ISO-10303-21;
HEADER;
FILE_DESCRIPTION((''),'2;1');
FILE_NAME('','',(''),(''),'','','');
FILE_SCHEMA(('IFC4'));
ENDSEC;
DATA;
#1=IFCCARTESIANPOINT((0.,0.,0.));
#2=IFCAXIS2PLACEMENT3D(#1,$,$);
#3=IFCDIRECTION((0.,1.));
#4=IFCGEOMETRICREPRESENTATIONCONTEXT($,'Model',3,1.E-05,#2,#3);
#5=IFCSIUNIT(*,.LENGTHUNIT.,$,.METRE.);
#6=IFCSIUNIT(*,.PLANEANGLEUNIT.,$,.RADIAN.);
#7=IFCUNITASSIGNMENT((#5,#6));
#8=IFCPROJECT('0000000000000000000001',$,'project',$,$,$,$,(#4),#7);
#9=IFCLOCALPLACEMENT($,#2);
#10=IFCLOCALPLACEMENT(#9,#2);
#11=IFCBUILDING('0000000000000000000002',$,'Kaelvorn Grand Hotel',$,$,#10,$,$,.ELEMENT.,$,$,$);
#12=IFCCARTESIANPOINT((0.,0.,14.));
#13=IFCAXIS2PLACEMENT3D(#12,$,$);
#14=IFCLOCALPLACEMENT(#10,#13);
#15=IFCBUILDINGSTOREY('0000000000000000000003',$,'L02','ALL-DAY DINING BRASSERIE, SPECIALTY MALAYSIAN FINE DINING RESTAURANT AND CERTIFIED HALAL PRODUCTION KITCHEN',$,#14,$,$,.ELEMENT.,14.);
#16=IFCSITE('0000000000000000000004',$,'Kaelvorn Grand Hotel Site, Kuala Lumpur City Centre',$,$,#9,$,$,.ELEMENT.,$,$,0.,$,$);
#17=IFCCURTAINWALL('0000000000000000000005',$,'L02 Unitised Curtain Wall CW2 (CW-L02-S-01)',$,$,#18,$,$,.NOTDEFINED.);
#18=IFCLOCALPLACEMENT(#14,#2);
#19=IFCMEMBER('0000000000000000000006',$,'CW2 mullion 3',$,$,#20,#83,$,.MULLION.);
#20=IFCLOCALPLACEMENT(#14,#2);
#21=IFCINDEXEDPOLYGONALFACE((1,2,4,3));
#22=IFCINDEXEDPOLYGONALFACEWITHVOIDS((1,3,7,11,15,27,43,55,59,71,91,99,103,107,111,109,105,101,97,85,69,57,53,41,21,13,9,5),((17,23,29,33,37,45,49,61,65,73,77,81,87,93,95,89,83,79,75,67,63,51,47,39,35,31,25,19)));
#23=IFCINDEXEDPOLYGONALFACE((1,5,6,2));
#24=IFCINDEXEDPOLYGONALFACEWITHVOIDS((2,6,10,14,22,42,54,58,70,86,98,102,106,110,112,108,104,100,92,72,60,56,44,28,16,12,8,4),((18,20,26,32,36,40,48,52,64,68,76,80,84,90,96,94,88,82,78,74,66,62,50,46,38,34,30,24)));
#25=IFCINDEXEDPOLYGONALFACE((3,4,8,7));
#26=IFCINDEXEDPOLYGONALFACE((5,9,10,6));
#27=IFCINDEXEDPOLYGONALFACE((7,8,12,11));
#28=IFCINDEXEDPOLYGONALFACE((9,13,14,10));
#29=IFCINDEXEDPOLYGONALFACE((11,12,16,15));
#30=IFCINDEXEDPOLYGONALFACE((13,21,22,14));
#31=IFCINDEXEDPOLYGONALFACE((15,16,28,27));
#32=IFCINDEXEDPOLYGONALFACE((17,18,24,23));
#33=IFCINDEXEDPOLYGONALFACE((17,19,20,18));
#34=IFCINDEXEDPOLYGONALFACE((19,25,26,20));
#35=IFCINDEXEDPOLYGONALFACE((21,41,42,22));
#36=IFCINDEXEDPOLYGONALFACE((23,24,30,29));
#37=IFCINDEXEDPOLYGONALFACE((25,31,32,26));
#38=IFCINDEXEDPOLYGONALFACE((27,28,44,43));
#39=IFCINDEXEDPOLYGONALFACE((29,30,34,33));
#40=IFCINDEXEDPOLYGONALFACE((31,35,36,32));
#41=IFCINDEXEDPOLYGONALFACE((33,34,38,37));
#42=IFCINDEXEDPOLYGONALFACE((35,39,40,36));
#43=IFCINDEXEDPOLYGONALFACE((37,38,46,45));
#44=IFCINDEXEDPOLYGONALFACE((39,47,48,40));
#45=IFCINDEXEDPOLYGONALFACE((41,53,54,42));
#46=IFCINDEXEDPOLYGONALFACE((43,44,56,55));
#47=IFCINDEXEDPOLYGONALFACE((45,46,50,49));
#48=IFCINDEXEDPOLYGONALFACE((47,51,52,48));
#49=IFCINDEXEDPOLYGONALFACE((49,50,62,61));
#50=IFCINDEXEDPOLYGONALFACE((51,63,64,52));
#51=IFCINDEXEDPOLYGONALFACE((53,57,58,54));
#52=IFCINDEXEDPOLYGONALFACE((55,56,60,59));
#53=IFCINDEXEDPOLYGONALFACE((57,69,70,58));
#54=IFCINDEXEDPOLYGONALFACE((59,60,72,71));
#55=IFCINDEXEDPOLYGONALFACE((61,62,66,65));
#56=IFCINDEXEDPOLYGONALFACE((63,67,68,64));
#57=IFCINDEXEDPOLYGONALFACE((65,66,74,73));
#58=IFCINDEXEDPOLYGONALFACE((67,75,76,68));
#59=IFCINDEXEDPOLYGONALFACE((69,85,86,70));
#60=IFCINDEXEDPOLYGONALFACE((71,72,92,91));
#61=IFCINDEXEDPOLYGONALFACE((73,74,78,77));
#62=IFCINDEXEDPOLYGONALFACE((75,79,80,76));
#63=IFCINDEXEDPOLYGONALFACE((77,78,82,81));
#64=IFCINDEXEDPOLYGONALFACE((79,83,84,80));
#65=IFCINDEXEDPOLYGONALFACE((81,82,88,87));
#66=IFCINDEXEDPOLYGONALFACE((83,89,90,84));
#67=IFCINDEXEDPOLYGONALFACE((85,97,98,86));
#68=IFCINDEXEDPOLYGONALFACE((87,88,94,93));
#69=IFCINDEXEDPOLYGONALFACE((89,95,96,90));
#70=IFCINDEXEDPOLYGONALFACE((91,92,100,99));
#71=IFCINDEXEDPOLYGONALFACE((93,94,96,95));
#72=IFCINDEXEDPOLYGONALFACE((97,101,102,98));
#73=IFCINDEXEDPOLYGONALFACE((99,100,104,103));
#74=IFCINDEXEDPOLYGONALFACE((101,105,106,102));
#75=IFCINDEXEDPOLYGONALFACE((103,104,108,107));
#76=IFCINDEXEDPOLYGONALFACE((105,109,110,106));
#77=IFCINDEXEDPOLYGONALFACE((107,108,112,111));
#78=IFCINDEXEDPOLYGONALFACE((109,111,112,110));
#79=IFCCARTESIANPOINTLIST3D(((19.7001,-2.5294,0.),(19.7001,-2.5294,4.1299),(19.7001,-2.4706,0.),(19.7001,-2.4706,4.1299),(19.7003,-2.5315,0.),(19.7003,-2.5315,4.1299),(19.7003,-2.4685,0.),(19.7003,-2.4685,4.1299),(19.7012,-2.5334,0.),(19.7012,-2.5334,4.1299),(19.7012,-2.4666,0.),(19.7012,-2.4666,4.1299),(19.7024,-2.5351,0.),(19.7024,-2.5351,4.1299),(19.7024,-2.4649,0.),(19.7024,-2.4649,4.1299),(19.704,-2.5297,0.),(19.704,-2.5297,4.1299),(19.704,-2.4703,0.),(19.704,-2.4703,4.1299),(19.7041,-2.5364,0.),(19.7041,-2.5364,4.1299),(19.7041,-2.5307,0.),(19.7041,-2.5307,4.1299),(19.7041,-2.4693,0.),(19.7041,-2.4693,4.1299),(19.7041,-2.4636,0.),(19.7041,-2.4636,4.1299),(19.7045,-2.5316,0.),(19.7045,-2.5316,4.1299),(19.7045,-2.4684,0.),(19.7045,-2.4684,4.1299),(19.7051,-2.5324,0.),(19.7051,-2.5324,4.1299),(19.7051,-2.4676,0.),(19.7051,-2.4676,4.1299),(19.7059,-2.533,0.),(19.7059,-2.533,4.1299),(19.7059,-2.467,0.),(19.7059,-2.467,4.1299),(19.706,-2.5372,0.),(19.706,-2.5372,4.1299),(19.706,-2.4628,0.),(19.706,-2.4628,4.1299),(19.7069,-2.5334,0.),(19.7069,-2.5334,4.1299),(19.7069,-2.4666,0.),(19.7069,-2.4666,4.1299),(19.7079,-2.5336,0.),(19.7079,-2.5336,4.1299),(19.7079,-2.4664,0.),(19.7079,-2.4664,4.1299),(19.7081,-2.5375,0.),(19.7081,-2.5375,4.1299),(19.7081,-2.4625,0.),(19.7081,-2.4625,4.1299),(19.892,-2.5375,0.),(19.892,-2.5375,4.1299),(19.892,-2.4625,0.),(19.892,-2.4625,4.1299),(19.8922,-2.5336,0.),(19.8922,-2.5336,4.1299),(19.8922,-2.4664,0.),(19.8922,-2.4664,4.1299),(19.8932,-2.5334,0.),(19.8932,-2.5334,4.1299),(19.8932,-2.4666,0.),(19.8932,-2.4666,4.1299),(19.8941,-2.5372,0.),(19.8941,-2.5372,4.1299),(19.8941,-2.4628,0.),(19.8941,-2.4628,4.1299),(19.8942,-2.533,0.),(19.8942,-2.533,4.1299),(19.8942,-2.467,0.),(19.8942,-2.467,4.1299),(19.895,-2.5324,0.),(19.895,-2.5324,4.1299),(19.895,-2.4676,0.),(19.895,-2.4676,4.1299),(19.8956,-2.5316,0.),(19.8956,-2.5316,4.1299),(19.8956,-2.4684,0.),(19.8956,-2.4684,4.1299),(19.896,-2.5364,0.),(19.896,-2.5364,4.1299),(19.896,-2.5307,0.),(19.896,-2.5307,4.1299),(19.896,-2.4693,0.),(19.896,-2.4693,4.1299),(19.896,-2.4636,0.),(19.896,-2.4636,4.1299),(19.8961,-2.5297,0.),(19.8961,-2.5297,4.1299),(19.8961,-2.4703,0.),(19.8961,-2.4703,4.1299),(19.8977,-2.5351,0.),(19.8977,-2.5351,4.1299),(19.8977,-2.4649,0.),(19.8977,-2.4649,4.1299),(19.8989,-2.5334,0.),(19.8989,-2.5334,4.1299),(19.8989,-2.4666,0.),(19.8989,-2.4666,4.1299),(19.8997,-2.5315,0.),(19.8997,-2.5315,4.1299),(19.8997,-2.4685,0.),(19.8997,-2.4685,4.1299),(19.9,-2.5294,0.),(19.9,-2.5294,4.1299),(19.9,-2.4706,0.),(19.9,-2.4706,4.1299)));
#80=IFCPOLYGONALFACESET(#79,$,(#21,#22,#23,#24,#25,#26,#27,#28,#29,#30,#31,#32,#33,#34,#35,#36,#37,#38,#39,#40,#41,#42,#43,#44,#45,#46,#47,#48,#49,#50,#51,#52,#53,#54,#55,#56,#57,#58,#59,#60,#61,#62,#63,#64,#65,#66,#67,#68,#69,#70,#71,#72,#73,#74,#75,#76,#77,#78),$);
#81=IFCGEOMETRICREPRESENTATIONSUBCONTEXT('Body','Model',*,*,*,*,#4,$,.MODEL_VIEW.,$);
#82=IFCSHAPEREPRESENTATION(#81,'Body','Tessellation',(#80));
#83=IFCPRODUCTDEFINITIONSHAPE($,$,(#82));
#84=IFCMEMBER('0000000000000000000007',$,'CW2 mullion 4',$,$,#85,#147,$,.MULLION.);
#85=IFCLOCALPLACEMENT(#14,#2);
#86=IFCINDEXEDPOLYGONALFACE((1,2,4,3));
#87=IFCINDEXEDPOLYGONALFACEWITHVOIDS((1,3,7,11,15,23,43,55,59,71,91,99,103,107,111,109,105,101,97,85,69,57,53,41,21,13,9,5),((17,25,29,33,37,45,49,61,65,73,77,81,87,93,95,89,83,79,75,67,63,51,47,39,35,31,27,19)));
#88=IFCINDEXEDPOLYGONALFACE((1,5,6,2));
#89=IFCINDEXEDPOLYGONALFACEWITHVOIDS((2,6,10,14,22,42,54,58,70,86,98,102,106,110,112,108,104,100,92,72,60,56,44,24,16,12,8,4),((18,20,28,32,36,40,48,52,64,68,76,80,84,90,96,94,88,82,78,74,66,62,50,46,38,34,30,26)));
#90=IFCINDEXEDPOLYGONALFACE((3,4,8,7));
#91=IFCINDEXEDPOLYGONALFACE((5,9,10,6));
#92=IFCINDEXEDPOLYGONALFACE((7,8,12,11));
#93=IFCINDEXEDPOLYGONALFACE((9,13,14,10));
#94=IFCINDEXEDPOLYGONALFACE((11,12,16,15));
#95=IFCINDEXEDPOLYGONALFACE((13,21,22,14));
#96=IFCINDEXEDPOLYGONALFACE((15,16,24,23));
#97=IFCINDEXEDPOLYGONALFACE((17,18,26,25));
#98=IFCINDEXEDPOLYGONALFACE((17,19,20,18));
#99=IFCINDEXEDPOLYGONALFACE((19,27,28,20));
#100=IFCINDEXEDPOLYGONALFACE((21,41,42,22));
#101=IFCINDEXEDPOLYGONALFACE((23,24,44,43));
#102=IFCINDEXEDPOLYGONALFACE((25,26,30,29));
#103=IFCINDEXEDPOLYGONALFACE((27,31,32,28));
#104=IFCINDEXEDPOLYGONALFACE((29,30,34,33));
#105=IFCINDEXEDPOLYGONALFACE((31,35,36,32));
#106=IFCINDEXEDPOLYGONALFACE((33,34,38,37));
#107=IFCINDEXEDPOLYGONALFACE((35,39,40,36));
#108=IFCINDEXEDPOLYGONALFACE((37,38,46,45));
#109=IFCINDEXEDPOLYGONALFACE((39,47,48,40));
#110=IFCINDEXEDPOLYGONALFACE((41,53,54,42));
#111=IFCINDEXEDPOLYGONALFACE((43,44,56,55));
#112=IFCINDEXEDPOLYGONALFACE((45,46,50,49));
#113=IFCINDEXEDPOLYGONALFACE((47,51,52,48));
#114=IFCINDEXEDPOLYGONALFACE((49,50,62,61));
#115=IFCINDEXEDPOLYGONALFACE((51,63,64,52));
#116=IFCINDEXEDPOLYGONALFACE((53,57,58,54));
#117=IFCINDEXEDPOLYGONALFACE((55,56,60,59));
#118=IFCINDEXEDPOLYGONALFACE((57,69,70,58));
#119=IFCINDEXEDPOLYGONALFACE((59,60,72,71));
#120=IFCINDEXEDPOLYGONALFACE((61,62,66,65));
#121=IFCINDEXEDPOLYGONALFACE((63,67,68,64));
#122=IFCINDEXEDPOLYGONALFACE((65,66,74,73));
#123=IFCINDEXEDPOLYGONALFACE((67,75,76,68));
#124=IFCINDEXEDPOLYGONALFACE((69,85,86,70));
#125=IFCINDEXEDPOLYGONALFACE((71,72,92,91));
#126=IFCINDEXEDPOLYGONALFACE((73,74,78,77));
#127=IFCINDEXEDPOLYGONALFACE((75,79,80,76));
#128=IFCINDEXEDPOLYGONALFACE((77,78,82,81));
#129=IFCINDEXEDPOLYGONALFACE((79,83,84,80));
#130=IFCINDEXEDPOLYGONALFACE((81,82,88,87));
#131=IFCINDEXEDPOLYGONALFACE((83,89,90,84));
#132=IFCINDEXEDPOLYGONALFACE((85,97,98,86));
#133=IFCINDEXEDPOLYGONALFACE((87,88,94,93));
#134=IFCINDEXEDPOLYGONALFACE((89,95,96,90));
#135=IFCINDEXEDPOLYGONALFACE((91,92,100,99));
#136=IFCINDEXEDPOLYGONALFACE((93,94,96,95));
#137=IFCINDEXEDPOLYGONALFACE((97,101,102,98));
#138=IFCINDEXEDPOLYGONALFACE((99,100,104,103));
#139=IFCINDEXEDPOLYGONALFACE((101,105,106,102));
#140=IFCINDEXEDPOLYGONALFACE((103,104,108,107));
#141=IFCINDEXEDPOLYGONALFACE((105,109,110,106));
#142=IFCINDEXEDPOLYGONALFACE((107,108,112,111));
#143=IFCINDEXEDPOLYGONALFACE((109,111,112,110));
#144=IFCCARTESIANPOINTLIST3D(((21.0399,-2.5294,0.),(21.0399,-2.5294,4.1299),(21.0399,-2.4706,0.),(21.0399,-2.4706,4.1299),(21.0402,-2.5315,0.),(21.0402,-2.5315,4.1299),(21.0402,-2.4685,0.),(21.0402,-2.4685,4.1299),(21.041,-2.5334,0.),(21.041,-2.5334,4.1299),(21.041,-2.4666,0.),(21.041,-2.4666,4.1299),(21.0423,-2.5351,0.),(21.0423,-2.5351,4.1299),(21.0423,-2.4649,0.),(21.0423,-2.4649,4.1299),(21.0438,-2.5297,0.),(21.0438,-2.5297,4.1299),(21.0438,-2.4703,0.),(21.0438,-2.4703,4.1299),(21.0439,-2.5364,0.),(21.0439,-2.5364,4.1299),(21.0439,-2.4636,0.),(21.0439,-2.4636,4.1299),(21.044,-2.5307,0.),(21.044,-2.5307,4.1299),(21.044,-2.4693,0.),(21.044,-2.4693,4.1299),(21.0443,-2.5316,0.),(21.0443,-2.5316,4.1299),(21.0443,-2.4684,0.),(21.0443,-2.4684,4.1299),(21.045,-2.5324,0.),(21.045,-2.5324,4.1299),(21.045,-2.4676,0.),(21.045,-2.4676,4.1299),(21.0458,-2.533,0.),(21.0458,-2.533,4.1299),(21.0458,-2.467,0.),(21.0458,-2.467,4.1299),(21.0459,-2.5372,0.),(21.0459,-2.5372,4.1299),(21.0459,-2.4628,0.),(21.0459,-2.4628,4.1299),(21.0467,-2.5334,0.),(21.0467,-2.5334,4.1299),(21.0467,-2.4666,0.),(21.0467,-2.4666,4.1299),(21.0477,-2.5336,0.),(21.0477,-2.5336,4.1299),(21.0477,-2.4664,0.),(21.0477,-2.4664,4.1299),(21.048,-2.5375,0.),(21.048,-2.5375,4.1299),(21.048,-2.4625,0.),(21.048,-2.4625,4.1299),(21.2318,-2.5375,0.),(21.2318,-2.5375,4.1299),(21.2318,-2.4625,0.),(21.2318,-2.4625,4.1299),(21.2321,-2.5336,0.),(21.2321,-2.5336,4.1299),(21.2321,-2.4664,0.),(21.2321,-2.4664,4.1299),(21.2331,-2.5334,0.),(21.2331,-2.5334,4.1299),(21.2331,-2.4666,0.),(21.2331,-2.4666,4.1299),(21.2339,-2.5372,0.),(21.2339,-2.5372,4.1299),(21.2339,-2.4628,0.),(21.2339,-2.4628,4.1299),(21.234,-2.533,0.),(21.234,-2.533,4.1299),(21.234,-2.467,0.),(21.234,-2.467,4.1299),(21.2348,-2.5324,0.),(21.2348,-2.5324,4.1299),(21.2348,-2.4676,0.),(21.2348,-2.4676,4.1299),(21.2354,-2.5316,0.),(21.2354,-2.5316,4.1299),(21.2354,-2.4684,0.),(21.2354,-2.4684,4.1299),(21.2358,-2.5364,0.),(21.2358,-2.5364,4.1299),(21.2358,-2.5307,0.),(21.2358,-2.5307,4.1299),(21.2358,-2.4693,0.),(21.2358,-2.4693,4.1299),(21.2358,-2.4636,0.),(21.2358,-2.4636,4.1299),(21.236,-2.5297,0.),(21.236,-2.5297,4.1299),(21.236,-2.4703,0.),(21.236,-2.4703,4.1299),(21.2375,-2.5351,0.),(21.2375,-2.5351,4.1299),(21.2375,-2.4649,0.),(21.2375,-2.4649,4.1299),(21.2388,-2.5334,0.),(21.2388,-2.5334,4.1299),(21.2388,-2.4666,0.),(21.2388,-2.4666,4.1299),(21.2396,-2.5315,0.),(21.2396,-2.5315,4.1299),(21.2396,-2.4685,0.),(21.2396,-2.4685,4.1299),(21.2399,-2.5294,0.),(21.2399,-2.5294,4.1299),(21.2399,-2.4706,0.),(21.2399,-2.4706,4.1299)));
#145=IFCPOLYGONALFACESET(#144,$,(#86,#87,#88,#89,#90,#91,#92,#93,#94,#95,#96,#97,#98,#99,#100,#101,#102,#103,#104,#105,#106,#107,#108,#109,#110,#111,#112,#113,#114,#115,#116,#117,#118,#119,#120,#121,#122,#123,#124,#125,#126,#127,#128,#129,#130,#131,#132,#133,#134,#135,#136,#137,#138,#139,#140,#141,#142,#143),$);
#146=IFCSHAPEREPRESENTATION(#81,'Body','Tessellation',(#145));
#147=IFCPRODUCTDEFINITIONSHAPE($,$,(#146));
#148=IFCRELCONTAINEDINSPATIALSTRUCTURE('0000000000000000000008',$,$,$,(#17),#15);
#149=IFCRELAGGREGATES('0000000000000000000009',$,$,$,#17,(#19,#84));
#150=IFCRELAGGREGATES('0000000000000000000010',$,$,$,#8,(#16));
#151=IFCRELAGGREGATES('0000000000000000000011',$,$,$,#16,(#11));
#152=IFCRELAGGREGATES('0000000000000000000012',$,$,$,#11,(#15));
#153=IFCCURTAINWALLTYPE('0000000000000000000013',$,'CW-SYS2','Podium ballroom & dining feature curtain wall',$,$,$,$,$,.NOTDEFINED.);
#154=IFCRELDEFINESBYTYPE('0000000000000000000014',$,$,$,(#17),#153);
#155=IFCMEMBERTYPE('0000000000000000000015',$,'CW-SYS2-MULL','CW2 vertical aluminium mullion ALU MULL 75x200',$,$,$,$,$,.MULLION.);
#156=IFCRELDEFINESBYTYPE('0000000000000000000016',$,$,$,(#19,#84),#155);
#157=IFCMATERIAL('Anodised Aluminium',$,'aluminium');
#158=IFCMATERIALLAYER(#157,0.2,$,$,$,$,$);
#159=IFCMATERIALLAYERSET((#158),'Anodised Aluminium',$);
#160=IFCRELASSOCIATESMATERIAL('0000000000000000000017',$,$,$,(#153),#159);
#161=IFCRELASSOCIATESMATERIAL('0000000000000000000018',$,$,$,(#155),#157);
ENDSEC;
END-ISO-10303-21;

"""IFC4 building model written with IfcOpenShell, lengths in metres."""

from ifc_helpers import new_model, si_unit, direction, frame, origin, origin_2d, place, context, subcontext, project, spatial, hollow_rectangle, extrude, material, layer, layer_set, material_profile, profile_set, type_object, element, aggregate, save


model = new_model("IFC4")

# Units and contexts
model_context = context("Model", 3, precision=1e-05, world=origin(), true_north=direction((0.0, 1.0)))
body_context = subcontext(model_context, "Body", "Model", "MODEL_VIEW")
ifc_project = project(units=[si_unit("LENGTHUNIT", "METRE"), si_unit("PLANEANGLEUNIT", "RADIAN")], contexts=[model_context])

# Site, building, storey
site_placement = place(None, origin())
site = spatial("IfcSite", under=ifc_project, at=site_placement, Name="Kaelvorn Grand Hotel Site, Kuala Lumpur City Centre", CompositionType="ELEMENT", RefElevation=0.0)
building_placement = place(site_placement, origin())
building = spatial("IfcBuilding", under=site, at=building_placement, Name="Kaelvorn Grand Hotel", CompositionType="ELEMENT")
storey_placement = place(building_placement, frame((0.0, 0.0, 14.0)))
storey = spatial("IfcBuildingStorey", under=building, at=storey_placement, Name="L02", Description="ALL-DAY DINING BRASSERIE, SPECIALTY MALAYSIAN FINE DINING RESTAURANT AND CERTIFIED HALAL PRODUCTION KITCHEN", CompositionType="ELEMENT", Elevation=14.0)

# Curtain wall, members
ifc_material_1 = material(Name="Anodised Aluminium", Category="aluminium")
ifc_layer_1 = layer(ifc_material_1, 0.2)
ifc_layer_set_1 = layer_set([ifc_layer_1], Name="Anodised Aluminium")
curtain_wall_type = type_object("IfcCurtainWallType", Name="CW-SYS2", Description="Podium ballroom & dining feature curtain wall", PredefinedType="NOTDEFINED", material=ifc_layer_set_1)
curtain_wall_placement = place(storey_placement, origin())
curtain_wall = element("IfcCurtainWall", 1, at=curtain_wall_placement, inside=storey, type_object=curtain_wall_type, Name="L02 Unitised Curtain Wall CW2 (CW-L02-S-01)", PredefinedType="NOTDEFINED")
ifc_material_profile_1 = material_profile(ifc_material_1, hollow_rectangle(XDim=0.075, YDim=0.2, WallThickness=0.0039, InnerFilletRadius=0.0039, OuterFilletRadius=0.0081, at=origin_2d()), Name="ALU MULL 75x200")
ifc_profile_set_1 = profile_set([ifc_material_profile_1], Name="Anodised Aluminium")
member_type_1 = type_object("IfcMemberType", Name="CW-SYS2-MULL", Description="CW2 vertical aluminium mullion ALU MULL 75x200", PredefinedType="MULLION", material=ifc_profile_set_1)
member_1_placement = place(storey_placement, frame((19.8, -2.5, 0.0), z_axis=(0.0, 0.0, 1.0), x_axis=(0.0, 1.0, 0.0)))
member_1 = element("IfcMember", 2, at=member_1_placement, type_object=member_type_1, Name="CW2 mullion 3", PredefinedType="MULLION", context=body_context, shape_type="SweptSolid", body=[
    extrude(hollow_rectangle(XDim=0.075, YDim=0.2, WallThickness=0.0039, InnerFilletRadius=0.0039, OuterFilletRadius=0.0081, at=origin_2d()), origin(), (0.0, 0.0, 1.0), 4.1299),
])
member_2_placement = place(storey_placement, frame((21.1399, -2.5, 0.0), z_axis=(0.0, 0.0, 1.0), x_axis=(0.0, 1.0, 0.0)))
member_2 = element("IfcMember", 3, at=member_2_placement, type_object=member_type_1, Name="CW2 mullion 4", PredefinedType="MULLION", context=body_context, shape_type="SweptSolid", body=[
    extrude(hollow_rectangle(XDim=0.075, YDim=0.2, WallThickness=0.0039, InnerFilletRadius=0.0039, OuterFilletRadius=0.0081, at=origin_2d()), origin(), (0.0, 0.0, 1.0), 4.1299),
])
aggregate(curtain_wall, [member_1, member_2])

save(model, "model.ifc")
